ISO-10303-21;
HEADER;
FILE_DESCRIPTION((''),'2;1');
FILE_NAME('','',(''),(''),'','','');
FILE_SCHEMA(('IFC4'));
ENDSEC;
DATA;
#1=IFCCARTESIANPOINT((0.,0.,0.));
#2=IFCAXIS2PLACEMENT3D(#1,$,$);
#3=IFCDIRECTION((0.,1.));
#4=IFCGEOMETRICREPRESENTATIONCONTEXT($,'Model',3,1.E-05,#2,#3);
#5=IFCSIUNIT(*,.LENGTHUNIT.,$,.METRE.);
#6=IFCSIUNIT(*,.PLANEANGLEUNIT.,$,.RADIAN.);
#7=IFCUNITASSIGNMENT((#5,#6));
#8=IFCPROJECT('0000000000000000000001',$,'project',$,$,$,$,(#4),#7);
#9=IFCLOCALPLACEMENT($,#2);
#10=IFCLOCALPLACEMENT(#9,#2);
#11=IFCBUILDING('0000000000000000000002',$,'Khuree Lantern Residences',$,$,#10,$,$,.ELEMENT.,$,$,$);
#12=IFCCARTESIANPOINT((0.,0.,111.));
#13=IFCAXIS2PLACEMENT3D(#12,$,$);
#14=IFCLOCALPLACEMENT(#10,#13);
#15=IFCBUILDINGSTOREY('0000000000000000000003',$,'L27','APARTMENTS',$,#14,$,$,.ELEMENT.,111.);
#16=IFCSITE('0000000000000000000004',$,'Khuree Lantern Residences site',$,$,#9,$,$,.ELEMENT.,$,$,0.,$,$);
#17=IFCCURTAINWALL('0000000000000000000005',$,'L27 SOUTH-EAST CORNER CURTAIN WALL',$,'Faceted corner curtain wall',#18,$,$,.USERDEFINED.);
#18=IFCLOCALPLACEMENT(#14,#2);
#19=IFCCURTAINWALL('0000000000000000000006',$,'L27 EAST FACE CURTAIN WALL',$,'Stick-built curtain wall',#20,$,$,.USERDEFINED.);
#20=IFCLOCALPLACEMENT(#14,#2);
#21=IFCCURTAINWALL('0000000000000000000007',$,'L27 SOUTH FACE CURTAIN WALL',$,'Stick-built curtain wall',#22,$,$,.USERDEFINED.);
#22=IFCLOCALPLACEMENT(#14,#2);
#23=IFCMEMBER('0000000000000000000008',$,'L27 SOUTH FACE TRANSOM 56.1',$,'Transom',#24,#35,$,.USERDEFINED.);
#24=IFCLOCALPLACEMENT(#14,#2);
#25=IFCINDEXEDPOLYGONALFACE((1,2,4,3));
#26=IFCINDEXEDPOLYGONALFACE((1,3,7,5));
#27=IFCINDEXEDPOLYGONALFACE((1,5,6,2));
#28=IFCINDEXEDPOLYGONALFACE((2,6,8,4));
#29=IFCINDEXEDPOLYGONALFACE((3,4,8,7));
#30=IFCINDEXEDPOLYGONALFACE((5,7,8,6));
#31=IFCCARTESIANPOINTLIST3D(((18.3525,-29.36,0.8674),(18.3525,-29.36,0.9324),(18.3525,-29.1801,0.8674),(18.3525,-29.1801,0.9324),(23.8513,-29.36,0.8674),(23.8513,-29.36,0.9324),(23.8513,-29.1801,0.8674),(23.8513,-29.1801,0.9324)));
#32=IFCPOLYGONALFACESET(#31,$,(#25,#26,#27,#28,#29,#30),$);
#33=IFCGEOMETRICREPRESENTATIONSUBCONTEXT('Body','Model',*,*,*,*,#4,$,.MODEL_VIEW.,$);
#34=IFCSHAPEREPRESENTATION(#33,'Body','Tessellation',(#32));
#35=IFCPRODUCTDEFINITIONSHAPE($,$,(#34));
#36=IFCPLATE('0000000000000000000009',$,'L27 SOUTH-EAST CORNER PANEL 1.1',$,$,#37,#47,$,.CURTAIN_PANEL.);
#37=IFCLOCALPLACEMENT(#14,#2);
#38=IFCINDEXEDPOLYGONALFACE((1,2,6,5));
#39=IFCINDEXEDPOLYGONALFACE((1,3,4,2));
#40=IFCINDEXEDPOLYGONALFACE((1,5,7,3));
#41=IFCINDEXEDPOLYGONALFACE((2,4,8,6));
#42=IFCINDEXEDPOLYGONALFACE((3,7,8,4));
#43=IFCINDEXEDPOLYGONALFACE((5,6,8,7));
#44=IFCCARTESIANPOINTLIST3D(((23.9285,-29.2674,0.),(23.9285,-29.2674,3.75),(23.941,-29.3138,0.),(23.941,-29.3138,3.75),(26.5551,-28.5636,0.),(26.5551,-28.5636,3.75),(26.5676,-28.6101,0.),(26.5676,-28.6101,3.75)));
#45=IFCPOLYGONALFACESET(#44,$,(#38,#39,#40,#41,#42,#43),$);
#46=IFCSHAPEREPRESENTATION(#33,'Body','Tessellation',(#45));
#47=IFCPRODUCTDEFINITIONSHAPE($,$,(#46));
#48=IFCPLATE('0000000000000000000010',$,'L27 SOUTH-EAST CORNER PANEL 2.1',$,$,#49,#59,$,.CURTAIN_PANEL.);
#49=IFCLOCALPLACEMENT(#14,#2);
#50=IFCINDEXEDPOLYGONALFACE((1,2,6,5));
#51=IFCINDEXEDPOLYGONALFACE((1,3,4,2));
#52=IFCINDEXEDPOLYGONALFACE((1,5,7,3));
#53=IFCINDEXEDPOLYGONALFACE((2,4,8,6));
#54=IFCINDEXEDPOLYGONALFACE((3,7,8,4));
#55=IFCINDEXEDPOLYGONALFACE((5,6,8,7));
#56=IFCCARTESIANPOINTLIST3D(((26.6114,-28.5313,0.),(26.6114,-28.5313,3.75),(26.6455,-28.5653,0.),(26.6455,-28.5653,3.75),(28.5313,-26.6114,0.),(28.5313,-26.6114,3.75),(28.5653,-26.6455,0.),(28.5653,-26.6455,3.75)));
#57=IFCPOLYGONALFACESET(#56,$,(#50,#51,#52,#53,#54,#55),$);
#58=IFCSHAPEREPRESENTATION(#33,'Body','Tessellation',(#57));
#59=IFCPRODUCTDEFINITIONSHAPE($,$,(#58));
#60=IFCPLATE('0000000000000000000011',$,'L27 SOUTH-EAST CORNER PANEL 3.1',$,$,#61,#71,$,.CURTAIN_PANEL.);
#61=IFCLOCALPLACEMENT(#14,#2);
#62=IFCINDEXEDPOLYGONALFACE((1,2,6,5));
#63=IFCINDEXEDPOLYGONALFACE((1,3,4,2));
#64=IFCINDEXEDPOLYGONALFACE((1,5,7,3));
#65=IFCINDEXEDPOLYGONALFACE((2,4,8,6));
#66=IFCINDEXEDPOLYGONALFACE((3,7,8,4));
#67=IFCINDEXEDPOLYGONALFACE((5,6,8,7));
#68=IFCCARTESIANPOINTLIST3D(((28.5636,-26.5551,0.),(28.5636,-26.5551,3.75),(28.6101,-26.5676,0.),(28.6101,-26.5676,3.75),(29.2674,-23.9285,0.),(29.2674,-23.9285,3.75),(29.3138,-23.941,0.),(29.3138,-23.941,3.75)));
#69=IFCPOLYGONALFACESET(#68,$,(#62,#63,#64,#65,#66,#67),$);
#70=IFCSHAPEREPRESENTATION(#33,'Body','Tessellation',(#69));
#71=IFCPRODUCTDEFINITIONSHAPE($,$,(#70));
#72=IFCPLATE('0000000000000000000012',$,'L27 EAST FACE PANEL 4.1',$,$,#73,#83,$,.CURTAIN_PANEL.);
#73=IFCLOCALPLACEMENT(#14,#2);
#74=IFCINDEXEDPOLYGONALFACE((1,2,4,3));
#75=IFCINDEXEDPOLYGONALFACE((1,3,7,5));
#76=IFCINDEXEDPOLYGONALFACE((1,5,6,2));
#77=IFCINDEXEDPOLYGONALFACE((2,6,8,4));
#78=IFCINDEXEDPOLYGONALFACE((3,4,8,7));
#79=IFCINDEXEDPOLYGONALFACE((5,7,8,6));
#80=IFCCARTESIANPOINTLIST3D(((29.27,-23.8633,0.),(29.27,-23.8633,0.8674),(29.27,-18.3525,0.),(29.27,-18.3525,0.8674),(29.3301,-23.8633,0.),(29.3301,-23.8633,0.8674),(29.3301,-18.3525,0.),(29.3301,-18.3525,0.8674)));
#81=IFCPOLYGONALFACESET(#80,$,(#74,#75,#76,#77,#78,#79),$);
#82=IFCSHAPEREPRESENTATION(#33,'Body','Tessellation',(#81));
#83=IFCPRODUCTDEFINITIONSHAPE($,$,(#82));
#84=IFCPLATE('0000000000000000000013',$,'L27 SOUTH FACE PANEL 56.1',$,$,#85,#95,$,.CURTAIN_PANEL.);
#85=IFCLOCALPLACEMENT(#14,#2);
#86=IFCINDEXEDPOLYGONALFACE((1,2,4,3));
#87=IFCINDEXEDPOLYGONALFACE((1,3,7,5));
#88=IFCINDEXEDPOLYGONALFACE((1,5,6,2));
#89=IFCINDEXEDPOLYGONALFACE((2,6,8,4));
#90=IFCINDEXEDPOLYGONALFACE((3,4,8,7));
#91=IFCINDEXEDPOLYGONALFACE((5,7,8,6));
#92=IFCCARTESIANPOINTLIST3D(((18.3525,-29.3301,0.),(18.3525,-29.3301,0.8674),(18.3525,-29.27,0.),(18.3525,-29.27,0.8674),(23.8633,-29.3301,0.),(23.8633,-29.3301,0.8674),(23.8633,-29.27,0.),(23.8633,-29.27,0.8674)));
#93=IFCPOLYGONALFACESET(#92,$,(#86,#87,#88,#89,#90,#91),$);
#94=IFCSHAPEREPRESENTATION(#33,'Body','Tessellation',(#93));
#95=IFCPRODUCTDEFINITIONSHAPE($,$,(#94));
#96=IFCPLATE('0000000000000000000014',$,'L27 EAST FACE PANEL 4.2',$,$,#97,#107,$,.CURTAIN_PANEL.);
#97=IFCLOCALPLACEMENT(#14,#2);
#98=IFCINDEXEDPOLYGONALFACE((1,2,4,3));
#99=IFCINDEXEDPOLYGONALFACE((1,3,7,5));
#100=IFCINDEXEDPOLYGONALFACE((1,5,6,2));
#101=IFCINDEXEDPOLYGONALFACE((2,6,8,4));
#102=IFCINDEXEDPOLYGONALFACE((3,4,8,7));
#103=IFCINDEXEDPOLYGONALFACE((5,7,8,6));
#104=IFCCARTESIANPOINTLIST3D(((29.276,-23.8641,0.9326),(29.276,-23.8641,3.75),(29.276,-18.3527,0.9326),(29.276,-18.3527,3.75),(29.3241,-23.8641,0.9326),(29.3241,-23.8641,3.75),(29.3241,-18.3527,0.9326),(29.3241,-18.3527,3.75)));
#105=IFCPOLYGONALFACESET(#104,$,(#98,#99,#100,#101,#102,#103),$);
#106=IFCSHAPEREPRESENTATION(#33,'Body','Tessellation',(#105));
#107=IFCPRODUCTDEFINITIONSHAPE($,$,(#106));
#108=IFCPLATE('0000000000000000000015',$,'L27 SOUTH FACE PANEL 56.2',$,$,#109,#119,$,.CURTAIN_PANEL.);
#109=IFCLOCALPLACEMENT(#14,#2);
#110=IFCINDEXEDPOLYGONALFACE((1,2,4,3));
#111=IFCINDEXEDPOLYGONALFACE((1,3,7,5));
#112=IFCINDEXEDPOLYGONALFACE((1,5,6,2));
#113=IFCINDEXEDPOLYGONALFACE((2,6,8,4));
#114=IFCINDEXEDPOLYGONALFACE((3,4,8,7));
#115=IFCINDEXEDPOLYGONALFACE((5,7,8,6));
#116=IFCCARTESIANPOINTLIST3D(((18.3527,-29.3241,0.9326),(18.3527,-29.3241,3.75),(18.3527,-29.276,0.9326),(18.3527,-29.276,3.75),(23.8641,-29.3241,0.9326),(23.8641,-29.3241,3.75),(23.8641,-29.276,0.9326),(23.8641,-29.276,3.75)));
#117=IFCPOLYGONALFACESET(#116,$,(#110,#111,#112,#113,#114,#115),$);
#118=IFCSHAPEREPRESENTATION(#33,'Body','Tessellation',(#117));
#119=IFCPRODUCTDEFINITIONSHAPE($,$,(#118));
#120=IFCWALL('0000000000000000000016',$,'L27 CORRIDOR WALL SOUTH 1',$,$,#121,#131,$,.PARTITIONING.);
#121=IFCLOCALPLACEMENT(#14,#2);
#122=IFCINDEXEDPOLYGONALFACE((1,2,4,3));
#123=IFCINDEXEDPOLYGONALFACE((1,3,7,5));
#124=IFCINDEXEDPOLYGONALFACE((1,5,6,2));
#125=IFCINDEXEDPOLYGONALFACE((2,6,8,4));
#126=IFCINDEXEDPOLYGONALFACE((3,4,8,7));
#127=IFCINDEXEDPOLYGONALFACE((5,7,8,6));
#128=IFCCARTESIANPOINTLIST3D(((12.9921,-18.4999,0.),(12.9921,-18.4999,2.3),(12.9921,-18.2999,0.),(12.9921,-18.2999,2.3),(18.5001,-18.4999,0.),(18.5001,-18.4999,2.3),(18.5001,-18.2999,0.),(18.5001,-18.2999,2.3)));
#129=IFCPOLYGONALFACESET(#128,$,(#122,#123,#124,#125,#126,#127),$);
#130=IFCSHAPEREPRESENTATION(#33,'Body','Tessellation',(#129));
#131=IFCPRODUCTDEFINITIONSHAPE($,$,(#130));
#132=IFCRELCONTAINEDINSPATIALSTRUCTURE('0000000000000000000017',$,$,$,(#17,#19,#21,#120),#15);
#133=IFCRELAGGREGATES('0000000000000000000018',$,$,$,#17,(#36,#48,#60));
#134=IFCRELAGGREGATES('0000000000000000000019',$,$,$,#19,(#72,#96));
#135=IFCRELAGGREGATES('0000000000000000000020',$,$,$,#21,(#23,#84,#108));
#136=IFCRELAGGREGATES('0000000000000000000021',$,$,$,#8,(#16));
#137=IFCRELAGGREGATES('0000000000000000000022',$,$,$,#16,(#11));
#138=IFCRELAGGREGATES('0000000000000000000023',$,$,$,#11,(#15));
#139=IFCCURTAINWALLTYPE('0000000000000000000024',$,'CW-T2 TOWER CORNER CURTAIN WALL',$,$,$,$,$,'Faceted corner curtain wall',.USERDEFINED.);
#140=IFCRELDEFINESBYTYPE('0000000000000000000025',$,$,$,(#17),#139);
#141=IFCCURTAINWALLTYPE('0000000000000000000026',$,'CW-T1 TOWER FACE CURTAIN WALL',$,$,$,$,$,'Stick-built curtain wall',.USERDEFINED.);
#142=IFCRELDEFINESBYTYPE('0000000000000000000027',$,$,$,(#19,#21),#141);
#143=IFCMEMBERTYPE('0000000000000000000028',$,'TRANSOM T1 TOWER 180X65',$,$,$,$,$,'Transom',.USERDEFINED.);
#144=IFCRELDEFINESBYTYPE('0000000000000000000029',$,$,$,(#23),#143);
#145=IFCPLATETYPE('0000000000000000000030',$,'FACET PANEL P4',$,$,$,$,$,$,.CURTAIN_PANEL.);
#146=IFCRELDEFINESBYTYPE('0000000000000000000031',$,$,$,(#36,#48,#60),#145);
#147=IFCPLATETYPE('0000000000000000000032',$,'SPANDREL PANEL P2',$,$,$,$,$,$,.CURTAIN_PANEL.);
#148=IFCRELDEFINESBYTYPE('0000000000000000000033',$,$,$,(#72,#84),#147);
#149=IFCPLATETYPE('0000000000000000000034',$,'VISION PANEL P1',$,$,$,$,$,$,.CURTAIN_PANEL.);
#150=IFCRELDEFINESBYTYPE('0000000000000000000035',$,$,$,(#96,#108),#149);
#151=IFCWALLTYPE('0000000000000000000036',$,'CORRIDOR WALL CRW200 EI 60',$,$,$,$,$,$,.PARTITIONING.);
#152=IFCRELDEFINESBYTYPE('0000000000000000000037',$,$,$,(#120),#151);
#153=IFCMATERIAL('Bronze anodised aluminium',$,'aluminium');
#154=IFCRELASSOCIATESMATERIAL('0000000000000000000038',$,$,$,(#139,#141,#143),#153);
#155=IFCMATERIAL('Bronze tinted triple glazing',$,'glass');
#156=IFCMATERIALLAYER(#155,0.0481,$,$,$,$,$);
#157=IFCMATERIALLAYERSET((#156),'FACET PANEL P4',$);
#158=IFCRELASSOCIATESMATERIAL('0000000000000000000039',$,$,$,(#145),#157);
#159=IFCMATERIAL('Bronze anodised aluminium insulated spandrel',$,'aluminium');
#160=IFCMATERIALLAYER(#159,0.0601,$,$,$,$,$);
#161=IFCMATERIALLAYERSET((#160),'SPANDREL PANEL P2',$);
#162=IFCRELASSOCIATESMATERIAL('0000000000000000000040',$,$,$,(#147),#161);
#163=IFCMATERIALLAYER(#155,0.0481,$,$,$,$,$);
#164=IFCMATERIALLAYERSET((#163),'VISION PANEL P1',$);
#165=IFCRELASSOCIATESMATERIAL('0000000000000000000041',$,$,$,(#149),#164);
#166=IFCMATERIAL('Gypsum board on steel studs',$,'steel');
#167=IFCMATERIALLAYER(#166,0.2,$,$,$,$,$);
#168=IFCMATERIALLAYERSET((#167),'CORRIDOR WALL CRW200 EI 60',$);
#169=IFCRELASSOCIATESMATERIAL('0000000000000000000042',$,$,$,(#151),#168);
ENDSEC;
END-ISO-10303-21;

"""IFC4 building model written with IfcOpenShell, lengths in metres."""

from ifc_helpers import new_model, si_unit, direction, frame, frame_2d, origin, origin_2d, place, context, subcontext, project, spatial, rectangle, extrude, material, layer, layer_set, material_profile, profile_set, type_object, element, aggregate, save


model = new_model("IFC4")

# Units and contexts
model_context = context("Model", 3, precision=1e-05, world=origin(), true_north=direction((0.0, 1.0)))
body_context = subcontext(model_context, "Body", "Model", "MODEL_VIEW")
ifc_project = project(units=[si_unit("LENGTHUNIT", "METRE"), si_unit("PLANEANGLEUNIT", "RADIAN")], contexts=[model_context])

# Site, building, storey
site_placement = place(None, origin())
site = spatial("IfcSite", under=ifc_project, at=site_placement, Name="Khuree Lantern Residences site", CompositionType="ELEMENT", RefElevation=0.0)
building_placement = place(site_placement, origin())
building = spatial("IfcBuilding", under=site, at=building_placement, Name="Khuree Lantern Residences", CompositionType="ELEMENT")
storey_placement = place(building_placement, frame((0.0, 0.0, 111.0)))
storey = spatial("IfcBuildingStorey", under=building, at=storey_placement, Name="L27", Description="APARTMENTS", CompositionType="ELEMENT", Elevation=111.0)

# Curtain walls
ifc_material_1 = material(Name="Bronze anodised aluminium", Category="aluminium")
curtain_wall_type_1 = type_object("IfcCurtainWallType", Name="CW-T2 TOWER CORNER CURTAIN WALL", ElementType="Faceted corner curtain wall", PredefinedType="USERDEFINED", material=ifc_material_1)
curtain_wall_1_placement = place(storey_placement, origin())
curtain_wall_1 = element("IfcCurtainWall", 1, at=curtain_wall_1_placement, inside=storey, type_object=curtain_wall_type_1, Name="L27 SOUTH-EAST CORNER CURTAIN WALL", ObjectType="Faceted corner curtain wall", PredefinedType="USERDEFINED")
curtain_wall_type_2 = type_object("IfcCurtainWallType", Name="CW-T1 TOWER FACE CURTAIN WALL", ElementType="Stick-built curtain wall", PredefinedType="USERDEFINED", material=ifc_material_1)
curtain_wall_2_placement = place(storey_placement, origin())
curtain_wall_2 = element("IfcCurtainWall", 2, at=curtain_wall_2_placement, inside=storey, type_object=curtain_wall_type_2, Name="L27 EAST FACE CURTAIN WALL", ObjectType="Stick-built curtain wall", PredefinedType="USERDEFINED")

# Shared definitions
ifc_material_profile_1 = material_profile(ifc_material_1, rectangle(XDim=0.1799, YDim=0.0649, at=origin_2d()), Name="T1 180X65")
ifc_profile_set_1 = profile_set([ifc_material_profile_1], Name="Bronze anodised aluminium")
member_type_1 = type_object("IfcMemberType", Name="TRANSOM T1 TOWER 180X65", ElementType="Transom", PredefinedType="USERDEFINED", material=ifc_profile_set_1)

# Curtain wall, member
curtain_wall_3_placement = place(storey_placement, origin())
curtain_wall_3 = element("IfcCurtainWall", 3, at=curtain_wall_3_placement, inside=storey, type_object=curtain_wall_type_2, Name="L27 SOUTH FACE CURTAIN WALL", ObjectType="Stick-built curtain wall", PredefinedType="USERDEFINED")
member_1_placement = place(storey_placement, frame((18.3525, -29.27, 0.8999), z_axis=(1.0, 0.0, 0.0), x_axis=(0.0, 1.0, 0.0)))
member_1 = element("IfcMember", 4, at=member_1_placement, type_object=member_type_1, Name="L27 SOUTH FACE TRANSOM 56.1", ObjectType="Transom", PredefinedType="USERDEFINED", context=body_context, shape_type="SweptSolid", body=[
    extrude(rectangle(XDim=0.1799, YDim=0.0649, at=origin_2d()), origin(), (0.0, 0.0, 1.0), 5.4988),
])

# Plates
ifc_material_2 = material(Name="Bronze tinted triple glazing", Category="glass")
ifc_layer_1 = layer(ifc_material_2, 0.0481)
ifc_layer_set_1 = layer_set([ifc_layer_1], Name="FACET PANEL P4")
plate_type_1 = type_object("IfcPlateType", Name="FACET PANEL P4", PredefinedType="CURTAIN_PANEL", material=ifc_layer_set_1)
plate_1_placement = place(storey_placement, frame((25.248, -28.9387, 0.0), z_axis=(0.0, 0.0, 1.0), x_axis=(0.965926, 0.258819, 0.0)))
plate_1 = element("IfcPlate", 5, at=plate_1_placement, type_object=plate_type_1, Name="L27 SOUTH-EAST CORNER PANEL 1.1", PredefinedType="CURTAIN_PANEL", context=body_context, shape_type="SweptSolid", body=[
    extrude(rectangle(XDim=2.7192, YDim=0.0481, at=origin_2d()), origin(), (0.0, 0.0, 1.0), 3.75),
])
plate_2_placement = place(storey_placement, frame((27.5884, -27.5884, 0.0), z_axis=(0.0, 0.0, 1.0), x_axis=(0.707107, 0.707107, 0.0)))
plate_2 = element("IfcPlate", 6, at=plate_2_placement, type_object=plate_type_1, Name="L27 SOUTH-EAST CORNER PANEL 2.1", PredefinedType="CURTAIN_PANEL", context=body_context, shape_type="SweptSolid", body=[
    extrude(rectangle(XDim=2.7151, YDim=0.0481, at=origin_2d()), origin(), (0.0, 0.0, 1.0), 3.75),
])
plate_3_placement = place(storey_placement, frame((28.9387, -25.248, 0.0), z_axis=(0.0, 0.0, 1.0), x_axis=(0.258819, 0.965926, 0.0)))
plate_3 = element("IfcPlate", 7, at=plate_3_placement, type_object=plate_type_1, Name="L27 SOUTH-EAST CORNER PANEL 3.1", PredefinedType="CURTAIN_PANEL", context=body_context, shape_type="SweptSolid", body=[
    extrude(rectangle(XDim=2.7192, YDim=0.0481, at=origin_2d()), origin(), (0.0, 0.0, 1.0), 3.75),
])
aggregate(curtain_wall_1, [plate_1, plate_2, plate_3])
ifc_material_3 = material(Name="Bronze anodised aluminium insulated spandrel", Category="aluminium")
ifc_layer_2 = layer(ifc_material_3, 0.0601)
ifc_layer_set_2 = layer_set([ifc_layer_2], Name="SPANDREL PANEL P2")
plate_type_2 = type_object("IfcPlateType", Name="SPANDREL PANEL P2", PredefinedType="CURTAIN_PANEL", material=ifc_layer_set_2)
plate_4_placement = place(storey_placement, frame((29.3, -21.1079, 0.0), z_axis=(0.0, 0.0, 1.0), x_axis=(0.0, 1.0, 0.0)))
plate_4 = element("IfcPlate", 8, at=plate_4_placement, type_object=plate_type_2, Name="L27 EAST FACE PANEL 4.1", PredefinedType="CURTAIN_PANEL", context=body_context, shape_type="SweptSolid", body=[
    extrude(rectangle(XDim=5.5107, YDim=0.0601, at=origin_2d()), origin(), (0.0, 0.0, 1.0), 0.8674),
])
plate_5_placement = place(storey_placement, frame((21.1079, -29.3, 0.0), z_axis=(0.0, 0.0, 1.0), x_axis=(1.0, 0.0, 0.0)))
plate_5 = element("IfcPlate", 9, at=plate_5_placement, type_object=plate_type_2, Name="L27 SOUTH FACE PANEL 56.1", PredefinedType="CURTAIN_PANEL", context=body_context, shape_type="SweptSolid", body=[
    extrude(rectangle(XDim=5.5107, YDim=0.0601, at=origin_2d()), origin(), (0.0, 0.0, 1.0), 0.8674),
])
ifc_layer_3 = layer(ifc_material_2, 0.0481)
ifc_layer_set_3 = layer_set([ifc_layer_3], Name="VISION PANEL P1")
plate_type_3 = type_object("IfcPlateType", Name="VISION PANEL P1", PredefinedType="CURTAIN_PANEL", material=ifc_layer_set_3)
plate_6_placement = place(storey_placement, frame((29.3, -21.1084, 0.9326), z_axis=(0.0, 0.0, 1.0), x_axis=(0.0, 1.0, 0.0)))
plate_6 = element("IfcPlate", 10, at=plate_6_placement, type_object=plate_type_3, Name="L27 EAST FACE PANEL 4.2", PredefinedType="CURTAIN_PANEL", context=body_context, shape_type="SweptSolid", body=[
    extrude(rectangle(XDim=5.5115, YDim=0.0481, at=origin_2d()), origin(), (0.0, 0.0, 1.0), 2.8174),
])
aggregate(curtain_wall_2, [plate_4, plate_6])
plate_7_placement = place(storey_placement, frame((21.1084, -29.3, 0.9326), z_axis=(0.0, 0.0, 1.0), x_axis=(1.0, 0.0, 0.0)))
plate_7 = element("IfcPlate", 11, at=plate_7_placement, type_object=plate_type_3, Name="L27 SOUTH FACE PANEL 56.2", PredefinedType="CURTAIN_PANEL", context=body_context, shape_type="SweptSolid", body=[
    extrude(rectangle(XDim=5.5115, YDim=0.0481, at=origin_2d()), origin(), (0.0, 0.0, 1.0), 2.8174),
])
aggregate(curtain_wall_3, [member_1, plate_5, plate_7])

# Wall
ifc_material_4 = material(Name="Gypsum board on steel studs", Category="steel")
ifc_layer_4 = layer(ifc_material_4, 0.2)
ifc_layer_set_4 = layer_set([ifc_layer_4], Name="CORRIDOR WALL CRW200 EI 60")
wall_type = type_object("IfcWallType", Name="CORRIDOR WALL CRW200 EI 60", PredefinedType="PARTITIONING", material=ifc_layer_set_4)
wall_placement = place(storey_placement, frame((18.5, -18.3999, 0.0), z_axis=(0.0, 0.0, 1.0), x_axis=(-1.0, 0.0, 0.0)))
element("IfcWall", 12, at=wall_placement, inside=storey, type_object=wall_type, Name="L27 CORRIDOR WALL SOUTH 1", PredefinedType="PARTITIONING", context=body_context, shape_type="SweptSolid", body=[
    extrude(rectangle(XDim=5.5081, YDim=0.2, at=frame_2d((2.7539, 0.0))), origin(), (0.0, 0.0, 1.0), 2.3),
])

save(model, "model.ifc")
